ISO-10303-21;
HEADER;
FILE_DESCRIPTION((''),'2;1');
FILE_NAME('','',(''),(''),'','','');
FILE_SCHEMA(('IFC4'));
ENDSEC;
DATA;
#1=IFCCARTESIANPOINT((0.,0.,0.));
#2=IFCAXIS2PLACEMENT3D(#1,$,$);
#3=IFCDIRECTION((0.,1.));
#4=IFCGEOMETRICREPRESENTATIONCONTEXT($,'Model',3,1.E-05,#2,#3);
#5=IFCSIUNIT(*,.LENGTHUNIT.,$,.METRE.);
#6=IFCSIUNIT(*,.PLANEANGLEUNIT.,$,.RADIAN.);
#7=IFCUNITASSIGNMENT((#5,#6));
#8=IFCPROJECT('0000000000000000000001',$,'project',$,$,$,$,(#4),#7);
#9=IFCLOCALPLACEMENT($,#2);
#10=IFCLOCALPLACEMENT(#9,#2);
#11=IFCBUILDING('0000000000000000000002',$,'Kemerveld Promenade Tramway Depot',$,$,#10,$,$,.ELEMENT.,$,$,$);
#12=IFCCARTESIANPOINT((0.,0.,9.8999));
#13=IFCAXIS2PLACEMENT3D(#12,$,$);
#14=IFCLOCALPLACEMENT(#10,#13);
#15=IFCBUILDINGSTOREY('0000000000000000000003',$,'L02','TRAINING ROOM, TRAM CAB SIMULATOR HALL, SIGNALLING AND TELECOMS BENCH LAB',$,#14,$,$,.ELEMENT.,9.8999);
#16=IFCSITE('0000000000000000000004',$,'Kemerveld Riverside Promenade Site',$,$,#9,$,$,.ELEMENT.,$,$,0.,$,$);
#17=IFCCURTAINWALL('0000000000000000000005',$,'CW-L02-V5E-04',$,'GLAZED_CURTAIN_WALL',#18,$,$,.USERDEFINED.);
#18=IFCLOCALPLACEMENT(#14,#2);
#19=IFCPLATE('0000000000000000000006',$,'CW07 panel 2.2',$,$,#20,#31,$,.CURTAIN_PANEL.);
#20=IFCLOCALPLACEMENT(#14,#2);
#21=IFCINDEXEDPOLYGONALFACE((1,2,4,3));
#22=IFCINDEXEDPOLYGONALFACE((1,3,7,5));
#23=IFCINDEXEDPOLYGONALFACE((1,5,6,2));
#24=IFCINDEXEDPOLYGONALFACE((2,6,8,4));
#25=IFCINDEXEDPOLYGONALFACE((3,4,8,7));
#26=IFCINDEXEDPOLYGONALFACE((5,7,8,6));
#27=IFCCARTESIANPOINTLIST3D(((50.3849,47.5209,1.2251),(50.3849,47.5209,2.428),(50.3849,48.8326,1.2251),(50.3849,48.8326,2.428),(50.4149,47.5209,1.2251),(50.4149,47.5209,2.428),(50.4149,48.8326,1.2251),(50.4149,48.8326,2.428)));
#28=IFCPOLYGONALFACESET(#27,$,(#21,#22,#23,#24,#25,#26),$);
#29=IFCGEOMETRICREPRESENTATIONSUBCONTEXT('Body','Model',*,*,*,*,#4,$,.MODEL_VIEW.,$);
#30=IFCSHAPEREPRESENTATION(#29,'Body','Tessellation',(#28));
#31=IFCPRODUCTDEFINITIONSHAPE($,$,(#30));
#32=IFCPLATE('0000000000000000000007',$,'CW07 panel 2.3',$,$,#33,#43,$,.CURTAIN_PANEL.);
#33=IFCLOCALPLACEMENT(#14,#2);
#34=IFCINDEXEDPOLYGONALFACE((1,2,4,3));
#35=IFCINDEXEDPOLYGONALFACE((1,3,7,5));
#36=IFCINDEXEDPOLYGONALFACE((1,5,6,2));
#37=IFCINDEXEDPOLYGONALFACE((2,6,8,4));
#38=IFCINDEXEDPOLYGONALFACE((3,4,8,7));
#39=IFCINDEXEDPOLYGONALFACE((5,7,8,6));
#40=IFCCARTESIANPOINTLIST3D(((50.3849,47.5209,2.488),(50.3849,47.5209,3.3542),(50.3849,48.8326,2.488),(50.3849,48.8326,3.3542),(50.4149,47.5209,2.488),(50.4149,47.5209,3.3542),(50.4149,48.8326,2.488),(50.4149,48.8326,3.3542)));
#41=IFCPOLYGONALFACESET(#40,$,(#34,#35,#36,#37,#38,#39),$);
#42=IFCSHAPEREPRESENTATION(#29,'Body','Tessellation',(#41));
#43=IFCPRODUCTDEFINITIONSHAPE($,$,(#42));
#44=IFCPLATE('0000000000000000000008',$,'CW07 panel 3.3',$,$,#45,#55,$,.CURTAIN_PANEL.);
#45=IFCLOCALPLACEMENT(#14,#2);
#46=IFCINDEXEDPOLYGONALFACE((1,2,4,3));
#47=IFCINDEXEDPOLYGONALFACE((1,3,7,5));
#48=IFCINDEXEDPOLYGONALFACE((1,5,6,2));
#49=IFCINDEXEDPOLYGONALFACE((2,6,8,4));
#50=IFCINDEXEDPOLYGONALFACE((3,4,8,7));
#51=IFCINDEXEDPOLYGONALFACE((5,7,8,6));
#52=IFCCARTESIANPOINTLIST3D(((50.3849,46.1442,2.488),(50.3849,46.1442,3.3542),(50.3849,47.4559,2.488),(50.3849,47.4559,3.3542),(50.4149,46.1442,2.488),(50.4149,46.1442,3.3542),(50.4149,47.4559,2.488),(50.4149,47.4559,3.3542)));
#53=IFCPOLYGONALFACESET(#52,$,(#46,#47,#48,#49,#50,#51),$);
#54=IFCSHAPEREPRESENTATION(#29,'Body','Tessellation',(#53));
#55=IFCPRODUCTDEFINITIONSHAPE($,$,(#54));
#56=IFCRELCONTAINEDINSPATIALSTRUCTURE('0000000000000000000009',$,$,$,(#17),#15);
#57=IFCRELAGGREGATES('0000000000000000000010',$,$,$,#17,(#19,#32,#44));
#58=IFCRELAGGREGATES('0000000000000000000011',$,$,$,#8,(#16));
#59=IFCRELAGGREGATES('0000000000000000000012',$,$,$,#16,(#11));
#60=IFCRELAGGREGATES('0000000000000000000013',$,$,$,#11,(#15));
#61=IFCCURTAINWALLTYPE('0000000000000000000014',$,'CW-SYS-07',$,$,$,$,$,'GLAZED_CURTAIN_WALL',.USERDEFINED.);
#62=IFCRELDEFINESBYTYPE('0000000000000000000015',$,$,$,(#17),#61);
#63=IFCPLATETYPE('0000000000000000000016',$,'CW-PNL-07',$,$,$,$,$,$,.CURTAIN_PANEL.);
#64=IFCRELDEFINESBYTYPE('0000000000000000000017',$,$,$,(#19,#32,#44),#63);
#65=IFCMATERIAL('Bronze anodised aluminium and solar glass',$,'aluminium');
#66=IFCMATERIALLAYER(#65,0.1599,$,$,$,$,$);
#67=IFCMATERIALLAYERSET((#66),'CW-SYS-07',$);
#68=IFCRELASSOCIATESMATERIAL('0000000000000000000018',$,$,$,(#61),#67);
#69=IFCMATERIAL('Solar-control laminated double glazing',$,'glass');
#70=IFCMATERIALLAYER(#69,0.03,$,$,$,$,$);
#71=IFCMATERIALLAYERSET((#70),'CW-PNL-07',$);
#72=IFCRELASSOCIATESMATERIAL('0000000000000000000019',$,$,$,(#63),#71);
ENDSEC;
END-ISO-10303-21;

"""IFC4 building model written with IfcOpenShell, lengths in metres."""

from ifc_helpers import new_model, si_unit, direction, frame, origin, origin_2d, place, context, subcontext, project, spatial, rectangle, extrude, material, layer, layer_set, type_object, element, aggregate, save


model = new_model("IFC4")

# Units and contexts
model_context = context("Model", 3, precision=1e-05, world=origin(), true_north=direction((0.0, 1.0)))
body_context = subcontext(model_context, "Body", "Model", "MODEL_VIEW")
ifc_project = project(units=[si_unit("LENGTHUNIT", "METRE"), si_unit("PLANEANGLEUNIT", "RADIAN")], contexts=[model_context])

# Site, building, storey
site_placement = place(None, origin())
site = spatial("IfcSite", under=ifc_project, at=site_placement, Name="Kemerveld Riverside Promenade Site", CompositionType="ELEMENT", RefElevation=0.0)
building_placement = place(site_placement, origin())
building = spatial("IfcBuilding", under=site, at=building_placement, Name="Kemerveld Promenade Tramway Depot", CompositionType="ELEMENT")
storey_placement = place(building_placement, frame((0.0, 0.0, 9.8999)))
storey = spatial("IfcBuildingStorey", under=building, at=storey_placement, Name="L02", Description="TRAINING ROOM, TRAM CAB SIMULATOR HALL, SIGNALLING AND TELECOMS BENCH LAB", CompositionType="ELEMENT", Elevation=9.8999)

# Curtain wall, plates
ifc_material_1 = material(Name="Bronze anodised aluminium and solar glass", Category="aluminium")
ifc_layer_1 = layer(ifc_material_1, 0.1599)
ifc_layer_set_1 = layer_set([ifc_layer_1], Name="CW-SYS-07")
curtain_wall_type = type_object("IfcCurtainWallType", Name="CW-SYS-07", ElementType="GLAZED_CURTAIN_WALL", PredefinedType="USERDEFINED", material=ifc_layer_set_1)
curtain_wall_placement = place(storey_placement, origin())
curtain_wall = element("IfcCurtainWall", 1, at=curtain_wall_placement, inside=storey, type_object=curtain_wall_type, Name="CW-L02-V5E-04", ObjectType="GLAZED_CURTAIN_WALL", PredefinedType="USERDEFINED")
ifc_material_2 = material(Name="Solar-control laminated double glazing", Category="glass")
ifc_layer_2 = layer(ifc_material_2, 0.03)
ifc_layer_set_2 = layer_set([ifc_layer_2], Name="CW-PNL-07")
plate_type = type_object("IfcPlateType", Name="CW-PNL-07", PredefinedType="CURTAIN_PANEL", material=ifc_layer_set_2)
plate_1_placement = place(storey_placement, frame((50.3999, 48.1768, 1.2251), z_axis=(0.0, 0.0, 1.0), x_axis=(0.0, -1.0, 0.0)))
plate_1 = element("IfcPlate", 2, at=plate_1_placement, type_object=plate_type, Name="CW07 panel 2.2", PredefinedType="CURTAIN_PANEL", context=body_context, shape_type="SweptSolid", body=[
    extrude(rectangle(XDim=1.3118, YDim=0.03, at=origin_2d()), origin(), (0.0, 0.0, 1.0), 1.2029),
])
plate_2_placement = place(storey_placement, frame((50.3999, 48.1768, 2.488), z_axis=(0.0, 0.0, 1.0), x_axis=(0.0, -1.0, 0.0)))
plate_2 = element("IfcPlate", 3, at=plate_2_placement, type_object=plate_type, Name="CW07 panel 2.3", PredefinedType="CURTAIN_PANEL", context=body_context, shape_type="SweptSolid", body=[
    extrude(rectangle(XDim=1.3118, YDim=0.03, at=origin_2d()), origin(), (0.0, 0.0, 1.0), 0.8662),
])
plate_3_placement = place(storey_placement, frame((50.3999, 46.8, 2.488), z_axis=(0.0, 0.0, 1.0), x_axis=(0.0, -1.0, 0.0)))
plate_3 = element("IfcPlate", 4, at=plate_3_placement, type_object=plate_type, Name="CW07 panel 3.3", PredefinedType="CURTAIN_PANEL", context=body_context, shape_type="SweptSolid", body=[
    extrude(rectangle(XDim=1.3118, YDim=0.03, at=origin_2d()), origin(), (0.0, 0.0, 1.0), 0.8662),
])
aggregate(curtain_wall, [plate_1, plate_2, plate_3])

save(model, "model.ifc")
